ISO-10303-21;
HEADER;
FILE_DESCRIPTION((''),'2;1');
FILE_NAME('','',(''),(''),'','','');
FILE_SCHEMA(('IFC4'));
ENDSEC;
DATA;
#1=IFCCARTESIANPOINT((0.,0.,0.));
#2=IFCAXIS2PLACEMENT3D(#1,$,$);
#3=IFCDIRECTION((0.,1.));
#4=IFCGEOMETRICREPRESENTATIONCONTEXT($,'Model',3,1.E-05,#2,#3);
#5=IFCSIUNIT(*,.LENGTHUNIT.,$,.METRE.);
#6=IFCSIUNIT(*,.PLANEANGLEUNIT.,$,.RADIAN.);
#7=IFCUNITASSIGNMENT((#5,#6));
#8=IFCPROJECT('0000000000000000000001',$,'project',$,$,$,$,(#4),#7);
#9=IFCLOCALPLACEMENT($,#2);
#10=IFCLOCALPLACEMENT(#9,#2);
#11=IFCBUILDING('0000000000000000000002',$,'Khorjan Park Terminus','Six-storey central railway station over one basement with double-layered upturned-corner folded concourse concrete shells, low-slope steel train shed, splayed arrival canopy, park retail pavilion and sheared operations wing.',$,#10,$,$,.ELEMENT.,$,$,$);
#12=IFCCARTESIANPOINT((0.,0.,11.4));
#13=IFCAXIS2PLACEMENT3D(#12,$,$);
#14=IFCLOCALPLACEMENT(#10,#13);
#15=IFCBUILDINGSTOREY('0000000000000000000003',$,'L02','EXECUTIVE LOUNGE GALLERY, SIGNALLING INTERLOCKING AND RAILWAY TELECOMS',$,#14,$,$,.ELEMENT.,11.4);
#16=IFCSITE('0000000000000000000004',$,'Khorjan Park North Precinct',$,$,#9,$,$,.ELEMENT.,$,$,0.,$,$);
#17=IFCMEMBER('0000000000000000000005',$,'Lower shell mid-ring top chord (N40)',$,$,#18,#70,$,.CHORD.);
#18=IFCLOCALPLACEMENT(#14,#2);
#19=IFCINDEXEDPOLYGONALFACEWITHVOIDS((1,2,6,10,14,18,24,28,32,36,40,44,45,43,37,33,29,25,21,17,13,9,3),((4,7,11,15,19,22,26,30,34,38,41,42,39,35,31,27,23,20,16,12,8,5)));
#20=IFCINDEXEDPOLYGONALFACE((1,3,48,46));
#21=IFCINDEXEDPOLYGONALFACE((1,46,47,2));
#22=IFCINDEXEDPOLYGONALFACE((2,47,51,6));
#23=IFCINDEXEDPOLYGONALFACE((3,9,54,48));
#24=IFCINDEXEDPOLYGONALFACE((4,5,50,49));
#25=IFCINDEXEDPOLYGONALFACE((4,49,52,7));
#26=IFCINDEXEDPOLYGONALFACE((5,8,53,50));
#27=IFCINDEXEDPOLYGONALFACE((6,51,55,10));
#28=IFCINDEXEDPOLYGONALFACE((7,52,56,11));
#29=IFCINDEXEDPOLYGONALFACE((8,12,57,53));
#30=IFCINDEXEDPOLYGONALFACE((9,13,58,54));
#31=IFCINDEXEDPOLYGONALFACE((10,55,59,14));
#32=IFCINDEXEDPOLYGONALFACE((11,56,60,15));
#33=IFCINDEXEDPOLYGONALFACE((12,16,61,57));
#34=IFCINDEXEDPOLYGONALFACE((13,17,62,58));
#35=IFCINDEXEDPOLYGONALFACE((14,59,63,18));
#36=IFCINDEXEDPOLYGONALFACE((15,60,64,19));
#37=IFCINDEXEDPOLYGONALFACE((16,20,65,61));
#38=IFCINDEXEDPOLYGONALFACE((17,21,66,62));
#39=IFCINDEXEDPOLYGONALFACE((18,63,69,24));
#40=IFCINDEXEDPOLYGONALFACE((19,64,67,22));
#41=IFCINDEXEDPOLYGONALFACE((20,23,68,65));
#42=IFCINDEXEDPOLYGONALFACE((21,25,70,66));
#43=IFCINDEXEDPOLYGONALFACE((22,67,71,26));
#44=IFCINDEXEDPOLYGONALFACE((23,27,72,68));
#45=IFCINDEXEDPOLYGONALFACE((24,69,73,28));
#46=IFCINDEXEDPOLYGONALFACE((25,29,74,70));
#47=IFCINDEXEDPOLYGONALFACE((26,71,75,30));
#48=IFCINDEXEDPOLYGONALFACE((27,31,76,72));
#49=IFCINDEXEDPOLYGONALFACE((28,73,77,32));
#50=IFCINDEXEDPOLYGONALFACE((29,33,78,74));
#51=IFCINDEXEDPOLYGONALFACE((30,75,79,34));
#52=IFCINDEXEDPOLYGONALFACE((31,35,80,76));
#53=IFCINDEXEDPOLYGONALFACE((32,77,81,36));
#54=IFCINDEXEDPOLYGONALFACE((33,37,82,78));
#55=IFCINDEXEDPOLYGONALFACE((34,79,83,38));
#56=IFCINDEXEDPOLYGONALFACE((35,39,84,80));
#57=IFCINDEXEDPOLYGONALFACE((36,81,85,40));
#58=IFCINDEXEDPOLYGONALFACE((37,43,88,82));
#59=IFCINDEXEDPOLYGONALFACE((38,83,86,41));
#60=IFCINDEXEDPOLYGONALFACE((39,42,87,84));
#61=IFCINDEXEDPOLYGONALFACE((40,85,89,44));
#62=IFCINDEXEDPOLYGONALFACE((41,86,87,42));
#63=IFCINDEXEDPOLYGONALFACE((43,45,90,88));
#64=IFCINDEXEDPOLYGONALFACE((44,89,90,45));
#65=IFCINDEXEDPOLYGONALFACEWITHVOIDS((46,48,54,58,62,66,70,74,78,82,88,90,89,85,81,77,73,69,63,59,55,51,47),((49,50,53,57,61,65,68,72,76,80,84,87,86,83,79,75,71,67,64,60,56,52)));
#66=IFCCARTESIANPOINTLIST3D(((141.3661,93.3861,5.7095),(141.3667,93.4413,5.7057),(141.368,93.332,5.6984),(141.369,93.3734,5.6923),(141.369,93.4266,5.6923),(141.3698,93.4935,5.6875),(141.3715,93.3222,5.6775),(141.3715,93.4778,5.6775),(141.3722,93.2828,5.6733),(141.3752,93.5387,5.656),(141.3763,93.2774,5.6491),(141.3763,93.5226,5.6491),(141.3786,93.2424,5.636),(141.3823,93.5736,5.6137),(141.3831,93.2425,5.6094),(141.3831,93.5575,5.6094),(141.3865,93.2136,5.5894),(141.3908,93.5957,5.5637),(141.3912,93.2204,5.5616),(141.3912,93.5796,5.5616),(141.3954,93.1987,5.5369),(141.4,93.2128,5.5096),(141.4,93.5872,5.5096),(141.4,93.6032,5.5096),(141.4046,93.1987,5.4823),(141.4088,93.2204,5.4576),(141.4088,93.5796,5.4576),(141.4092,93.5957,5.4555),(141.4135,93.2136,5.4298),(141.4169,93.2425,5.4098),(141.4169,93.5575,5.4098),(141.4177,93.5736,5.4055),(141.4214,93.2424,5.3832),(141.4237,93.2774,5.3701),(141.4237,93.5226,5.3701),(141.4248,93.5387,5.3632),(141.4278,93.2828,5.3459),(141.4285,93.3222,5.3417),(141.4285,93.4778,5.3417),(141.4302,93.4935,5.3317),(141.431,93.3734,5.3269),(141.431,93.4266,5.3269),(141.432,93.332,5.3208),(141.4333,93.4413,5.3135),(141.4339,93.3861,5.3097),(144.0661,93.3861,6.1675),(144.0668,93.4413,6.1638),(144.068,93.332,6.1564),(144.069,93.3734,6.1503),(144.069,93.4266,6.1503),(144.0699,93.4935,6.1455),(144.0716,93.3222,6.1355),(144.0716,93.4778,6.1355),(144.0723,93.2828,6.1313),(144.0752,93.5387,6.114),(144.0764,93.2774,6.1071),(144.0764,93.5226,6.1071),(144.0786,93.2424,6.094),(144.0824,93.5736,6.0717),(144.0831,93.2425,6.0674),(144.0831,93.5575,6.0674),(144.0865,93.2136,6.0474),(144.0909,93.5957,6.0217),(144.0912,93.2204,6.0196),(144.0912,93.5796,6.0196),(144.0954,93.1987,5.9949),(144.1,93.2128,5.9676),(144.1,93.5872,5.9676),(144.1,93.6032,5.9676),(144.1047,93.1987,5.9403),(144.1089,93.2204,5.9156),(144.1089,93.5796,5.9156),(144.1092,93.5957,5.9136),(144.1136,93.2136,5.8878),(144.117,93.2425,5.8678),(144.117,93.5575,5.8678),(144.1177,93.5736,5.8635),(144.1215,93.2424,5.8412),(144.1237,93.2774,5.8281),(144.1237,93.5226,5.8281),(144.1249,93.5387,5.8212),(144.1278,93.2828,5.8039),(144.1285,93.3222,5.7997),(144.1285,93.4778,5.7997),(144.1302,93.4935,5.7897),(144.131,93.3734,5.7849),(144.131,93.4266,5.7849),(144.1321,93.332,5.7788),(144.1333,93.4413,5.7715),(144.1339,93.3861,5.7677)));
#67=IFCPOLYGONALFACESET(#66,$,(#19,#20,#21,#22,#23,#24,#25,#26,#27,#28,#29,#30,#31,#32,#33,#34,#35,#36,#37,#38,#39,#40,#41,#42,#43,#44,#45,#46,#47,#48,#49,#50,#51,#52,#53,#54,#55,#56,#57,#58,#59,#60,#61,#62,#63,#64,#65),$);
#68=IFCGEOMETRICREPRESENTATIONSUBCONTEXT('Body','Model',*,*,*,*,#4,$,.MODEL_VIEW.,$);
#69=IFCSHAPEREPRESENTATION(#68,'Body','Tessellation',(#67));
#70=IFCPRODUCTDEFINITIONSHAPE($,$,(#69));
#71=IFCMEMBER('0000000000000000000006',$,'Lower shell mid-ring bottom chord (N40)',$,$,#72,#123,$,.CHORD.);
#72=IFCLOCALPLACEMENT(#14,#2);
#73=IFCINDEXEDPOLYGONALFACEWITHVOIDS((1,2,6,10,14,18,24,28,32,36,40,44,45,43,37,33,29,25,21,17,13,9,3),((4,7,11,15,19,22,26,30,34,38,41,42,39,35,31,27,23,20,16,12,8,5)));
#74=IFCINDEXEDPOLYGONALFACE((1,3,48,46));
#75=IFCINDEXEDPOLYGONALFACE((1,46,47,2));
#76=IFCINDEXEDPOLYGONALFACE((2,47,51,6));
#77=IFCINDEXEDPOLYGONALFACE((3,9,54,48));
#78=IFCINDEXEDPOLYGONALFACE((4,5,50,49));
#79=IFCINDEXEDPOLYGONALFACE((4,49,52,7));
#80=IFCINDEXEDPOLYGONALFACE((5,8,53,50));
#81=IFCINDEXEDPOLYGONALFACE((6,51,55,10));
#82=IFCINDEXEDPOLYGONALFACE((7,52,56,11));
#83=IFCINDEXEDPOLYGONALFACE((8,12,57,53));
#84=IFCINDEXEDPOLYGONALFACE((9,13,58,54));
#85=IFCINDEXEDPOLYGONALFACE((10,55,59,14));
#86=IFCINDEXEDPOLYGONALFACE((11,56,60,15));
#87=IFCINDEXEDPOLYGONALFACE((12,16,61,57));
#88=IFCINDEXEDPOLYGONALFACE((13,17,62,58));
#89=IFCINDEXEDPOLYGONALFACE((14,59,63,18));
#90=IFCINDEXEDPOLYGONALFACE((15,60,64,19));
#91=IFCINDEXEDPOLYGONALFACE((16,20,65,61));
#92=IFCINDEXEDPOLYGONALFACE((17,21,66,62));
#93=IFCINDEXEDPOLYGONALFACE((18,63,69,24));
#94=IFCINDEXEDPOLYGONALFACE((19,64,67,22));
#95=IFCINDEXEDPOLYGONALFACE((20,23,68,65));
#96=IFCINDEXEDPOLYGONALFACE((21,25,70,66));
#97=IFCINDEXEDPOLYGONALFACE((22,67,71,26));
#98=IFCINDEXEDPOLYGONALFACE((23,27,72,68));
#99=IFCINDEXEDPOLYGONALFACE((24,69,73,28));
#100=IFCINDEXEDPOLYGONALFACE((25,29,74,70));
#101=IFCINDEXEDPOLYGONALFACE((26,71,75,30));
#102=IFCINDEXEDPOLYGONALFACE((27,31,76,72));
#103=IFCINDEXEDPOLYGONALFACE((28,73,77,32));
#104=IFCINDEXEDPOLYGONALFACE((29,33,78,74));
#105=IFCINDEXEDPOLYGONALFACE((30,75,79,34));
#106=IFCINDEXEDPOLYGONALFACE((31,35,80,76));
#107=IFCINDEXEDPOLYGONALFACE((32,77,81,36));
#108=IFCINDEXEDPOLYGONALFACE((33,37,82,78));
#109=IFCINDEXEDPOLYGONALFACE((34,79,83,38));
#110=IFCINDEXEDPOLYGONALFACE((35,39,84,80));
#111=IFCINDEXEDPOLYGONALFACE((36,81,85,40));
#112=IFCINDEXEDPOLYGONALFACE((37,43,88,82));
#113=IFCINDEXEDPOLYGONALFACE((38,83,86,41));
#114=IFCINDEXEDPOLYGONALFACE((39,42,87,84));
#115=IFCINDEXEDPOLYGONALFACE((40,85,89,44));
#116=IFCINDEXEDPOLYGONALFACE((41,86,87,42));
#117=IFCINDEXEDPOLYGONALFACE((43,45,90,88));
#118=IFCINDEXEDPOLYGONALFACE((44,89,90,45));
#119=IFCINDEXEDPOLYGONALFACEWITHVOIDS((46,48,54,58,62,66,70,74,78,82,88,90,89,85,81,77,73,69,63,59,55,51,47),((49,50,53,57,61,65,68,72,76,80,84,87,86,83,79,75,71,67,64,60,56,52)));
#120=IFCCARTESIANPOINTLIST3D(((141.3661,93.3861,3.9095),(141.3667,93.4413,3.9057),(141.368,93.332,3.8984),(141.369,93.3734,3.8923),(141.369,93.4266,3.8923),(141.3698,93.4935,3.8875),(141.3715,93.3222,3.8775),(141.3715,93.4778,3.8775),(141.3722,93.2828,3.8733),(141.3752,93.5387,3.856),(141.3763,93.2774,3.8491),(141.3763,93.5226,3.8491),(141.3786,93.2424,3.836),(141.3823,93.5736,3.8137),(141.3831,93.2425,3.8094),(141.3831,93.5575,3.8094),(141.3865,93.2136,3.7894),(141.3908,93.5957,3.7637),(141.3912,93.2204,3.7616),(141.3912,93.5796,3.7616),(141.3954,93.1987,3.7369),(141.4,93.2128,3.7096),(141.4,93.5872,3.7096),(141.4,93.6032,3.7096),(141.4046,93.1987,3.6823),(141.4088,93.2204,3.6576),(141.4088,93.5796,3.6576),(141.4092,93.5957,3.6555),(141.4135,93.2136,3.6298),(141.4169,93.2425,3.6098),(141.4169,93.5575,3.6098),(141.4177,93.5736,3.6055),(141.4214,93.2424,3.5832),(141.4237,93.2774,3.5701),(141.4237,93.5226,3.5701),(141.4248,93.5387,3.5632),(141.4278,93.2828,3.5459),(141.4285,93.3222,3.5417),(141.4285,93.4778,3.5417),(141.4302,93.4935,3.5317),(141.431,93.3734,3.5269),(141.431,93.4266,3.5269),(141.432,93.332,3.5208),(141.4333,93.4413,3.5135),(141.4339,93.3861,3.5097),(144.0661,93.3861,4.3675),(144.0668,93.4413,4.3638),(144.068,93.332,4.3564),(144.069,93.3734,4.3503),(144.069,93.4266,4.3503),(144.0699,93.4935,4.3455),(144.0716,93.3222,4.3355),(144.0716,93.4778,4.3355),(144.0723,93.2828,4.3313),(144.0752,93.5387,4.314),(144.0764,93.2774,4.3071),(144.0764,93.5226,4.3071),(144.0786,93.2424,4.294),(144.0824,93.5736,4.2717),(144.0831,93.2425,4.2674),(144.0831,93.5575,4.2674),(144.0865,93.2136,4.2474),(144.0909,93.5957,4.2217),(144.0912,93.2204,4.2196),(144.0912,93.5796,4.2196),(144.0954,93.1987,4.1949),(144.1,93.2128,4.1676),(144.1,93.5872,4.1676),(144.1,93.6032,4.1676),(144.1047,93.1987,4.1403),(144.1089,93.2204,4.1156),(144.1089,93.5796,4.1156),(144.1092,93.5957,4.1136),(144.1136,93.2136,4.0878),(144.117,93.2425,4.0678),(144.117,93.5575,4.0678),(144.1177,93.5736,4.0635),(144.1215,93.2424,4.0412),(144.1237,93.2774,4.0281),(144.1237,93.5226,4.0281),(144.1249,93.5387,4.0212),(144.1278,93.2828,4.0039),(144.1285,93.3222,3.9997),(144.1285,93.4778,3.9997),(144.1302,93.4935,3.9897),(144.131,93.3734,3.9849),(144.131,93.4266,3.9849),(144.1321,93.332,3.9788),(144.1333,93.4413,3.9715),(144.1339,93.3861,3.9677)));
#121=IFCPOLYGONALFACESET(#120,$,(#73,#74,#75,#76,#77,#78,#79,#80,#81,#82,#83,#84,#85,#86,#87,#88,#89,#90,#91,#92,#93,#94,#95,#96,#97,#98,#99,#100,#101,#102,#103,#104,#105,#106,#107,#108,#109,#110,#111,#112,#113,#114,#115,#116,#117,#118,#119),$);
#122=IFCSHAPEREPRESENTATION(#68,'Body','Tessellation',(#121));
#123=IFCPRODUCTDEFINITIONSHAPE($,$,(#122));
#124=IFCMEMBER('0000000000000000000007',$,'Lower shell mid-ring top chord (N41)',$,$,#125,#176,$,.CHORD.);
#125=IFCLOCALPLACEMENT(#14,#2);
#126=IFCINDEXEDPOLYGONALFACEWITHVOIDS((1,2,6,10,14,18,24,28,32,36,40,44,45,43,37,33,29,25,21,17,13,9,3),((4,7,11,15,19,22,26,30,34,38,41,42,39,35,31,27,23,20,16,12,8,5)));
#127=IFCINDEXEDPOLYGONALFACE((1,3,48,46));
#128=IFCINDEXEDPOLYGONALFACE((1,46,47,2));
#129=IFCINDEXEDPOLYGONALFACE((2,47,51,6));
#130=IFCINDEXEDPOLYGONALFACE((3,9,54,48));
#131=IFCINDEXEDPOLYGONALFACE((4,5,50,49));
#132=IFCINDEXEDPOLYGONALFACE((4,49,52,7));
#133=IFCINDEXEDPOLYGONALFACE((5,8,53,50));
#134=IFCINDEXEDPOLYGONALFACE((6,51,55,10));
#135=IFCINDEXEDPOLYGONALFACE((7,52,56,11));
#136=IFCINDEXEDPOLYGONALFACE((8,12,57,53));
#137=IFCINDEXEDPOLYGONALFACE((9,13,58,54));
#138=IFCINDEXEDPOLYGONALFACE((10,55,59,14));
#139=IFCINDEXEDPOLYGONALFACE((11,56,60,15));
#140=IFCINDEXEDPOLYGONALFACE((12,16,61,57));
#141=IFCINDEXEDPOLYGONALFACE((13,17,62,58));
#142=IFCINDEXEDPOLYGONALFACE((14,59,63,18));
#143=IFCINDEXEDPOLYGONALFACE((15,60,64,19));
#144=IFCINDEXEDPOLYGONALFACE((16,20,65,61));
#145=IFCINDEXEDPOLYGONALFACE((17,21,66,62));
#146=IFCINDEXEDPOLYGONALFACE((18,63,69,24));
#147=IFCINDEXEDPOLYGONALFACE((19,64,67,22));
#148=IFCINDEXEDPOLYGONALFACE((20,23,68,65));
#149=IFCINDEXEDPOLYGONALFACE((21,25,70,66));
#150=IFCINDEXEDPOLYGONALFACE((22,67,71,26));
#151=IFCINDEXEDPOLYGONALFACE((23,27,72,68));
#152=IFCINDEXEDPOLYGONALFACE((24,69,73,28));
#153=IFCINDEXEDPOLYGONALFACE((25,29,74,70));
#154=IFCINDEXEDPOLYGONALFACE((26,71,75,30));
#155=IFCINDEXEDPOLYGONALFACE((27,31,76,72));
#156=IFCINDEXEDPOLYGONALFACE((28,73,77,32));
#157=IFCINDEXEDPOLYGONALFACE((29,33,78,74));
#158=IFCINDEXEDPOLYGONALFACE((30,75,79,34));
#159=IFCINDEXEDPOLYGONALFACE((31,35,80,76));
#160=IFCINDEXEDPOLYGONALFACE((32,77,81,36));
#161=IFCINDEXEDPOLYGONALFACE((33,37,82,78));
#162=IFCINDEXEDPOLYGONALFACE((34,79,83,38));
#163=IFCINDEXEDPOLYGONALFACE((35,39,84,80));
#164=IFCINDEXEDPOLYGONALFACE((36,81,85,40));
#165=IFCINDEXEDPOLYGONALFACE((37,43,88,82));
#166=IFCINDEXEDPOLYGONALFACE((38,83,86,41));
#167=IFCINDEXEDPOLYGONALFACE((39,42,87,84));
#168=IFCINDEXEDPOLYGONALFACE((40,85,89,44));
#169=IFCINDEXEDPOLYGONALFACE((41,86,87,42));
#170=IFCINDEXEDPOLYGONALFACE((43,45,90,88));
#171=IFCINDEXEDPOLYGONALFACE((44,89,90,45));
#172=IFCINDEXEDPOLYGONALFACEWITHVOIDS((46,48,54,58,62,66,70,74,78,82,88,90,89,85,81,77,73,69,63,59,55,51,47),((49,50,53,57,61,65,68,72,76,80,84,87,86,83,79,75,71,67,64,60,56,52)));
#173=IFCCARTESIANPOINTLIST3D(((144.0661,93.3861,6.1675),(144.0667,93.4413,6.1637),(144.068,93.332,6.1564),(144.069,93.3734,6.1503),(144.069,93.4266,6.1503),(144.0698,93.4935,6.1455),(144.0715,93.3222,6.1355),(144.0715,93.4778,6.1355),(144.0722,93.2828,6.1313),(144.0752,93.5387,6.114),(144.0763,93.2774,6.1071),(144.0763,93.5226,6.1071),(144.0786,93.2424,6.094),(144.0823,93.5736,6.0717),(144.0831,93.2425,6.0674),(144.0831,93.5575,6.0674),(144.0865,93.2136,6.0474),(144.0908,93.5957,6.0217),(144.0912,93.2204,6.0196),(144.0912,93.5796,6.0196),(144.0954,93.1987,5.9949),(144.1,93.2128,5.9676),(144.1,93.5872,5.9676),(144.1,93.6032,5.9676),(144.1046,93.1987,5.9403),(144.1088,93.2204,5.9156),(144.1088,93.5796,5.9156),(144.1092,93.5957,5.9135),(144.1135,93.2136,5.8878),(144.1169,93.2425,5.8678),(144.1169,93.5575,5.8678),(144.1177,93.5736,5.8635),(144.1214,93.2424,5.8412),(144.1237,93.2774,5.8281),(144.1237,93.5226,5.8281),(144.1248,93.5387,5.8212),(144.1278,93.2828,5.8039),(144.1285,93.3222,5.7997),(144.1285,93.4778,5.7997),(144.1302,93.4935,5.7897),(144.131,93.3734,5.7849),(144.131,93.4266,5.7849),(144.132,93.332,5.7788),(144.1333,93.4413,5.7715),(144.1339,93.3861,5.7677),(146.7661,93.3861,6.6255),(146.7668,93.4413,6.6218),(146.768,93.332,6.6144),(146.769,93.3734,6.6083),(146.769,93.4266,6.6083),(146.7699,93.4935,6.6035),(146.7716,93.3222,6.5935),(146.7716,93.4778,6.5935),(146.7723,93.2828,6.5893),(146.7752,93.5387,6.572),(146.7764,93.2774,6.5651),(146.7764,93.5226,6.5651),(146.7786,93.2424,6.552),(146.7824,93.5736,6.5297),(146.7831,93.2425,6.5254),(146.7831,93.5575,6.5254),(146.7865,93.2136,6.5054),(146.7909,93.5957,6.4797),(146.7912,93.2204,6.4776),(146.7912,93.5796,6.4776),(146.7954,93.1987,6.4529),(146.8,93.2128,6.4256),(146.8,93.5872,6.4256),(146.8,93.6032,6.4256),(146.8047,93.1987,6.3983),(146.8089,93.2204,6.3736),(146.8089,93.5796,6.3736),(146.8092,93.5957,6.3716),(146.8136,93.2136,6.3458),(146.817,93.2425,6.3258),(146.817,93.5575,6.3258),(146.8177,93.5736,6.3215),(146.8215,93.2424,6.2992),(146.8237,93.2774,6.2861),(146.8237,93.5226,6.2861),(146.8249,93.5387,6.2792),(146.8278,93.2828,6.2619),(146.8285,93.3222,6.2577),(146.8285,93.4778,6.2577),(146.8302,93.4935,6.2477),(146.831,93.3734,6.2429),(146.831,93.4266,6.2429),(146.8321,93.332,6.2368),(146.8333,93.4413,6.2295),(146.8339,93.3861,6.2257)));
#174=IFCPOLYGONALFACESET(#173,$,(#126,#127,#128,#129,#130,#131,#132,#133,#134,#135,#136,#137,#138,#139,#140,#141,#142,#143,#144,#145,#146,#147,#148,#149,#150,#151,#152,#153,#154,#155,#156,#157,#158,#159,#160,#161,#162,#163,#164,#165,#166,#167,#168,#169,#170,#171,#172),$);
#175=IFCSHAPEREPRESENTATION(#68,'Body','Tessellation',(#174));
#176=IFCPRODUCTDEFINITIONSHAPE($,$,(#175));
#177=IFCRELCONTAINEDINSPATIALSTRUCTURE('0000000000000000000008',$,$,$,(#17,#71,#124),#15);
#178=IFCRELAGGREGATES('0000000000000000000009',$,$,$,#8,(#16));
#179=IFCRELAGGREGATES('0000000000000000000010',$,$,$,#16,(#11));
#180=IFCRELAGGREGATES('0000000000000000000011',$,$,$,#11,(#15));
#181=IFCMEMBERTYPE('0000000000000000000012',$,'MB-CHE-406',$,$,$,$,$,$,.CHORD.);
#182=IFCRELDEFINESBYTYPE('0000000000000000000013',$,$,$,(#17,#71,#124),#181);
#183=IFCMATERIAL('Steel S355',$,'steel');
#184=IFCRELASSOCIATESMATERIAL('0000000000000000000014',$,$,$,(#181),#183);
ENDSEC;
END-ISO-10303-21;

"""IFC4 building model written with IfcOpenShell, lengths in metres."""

from ifc_helpers import new_model, si_unit, direction, frame, origin, origin_2d, place, context, subcontext, project, spatial, hollow_circle, extrude, material, material_profile, profile_set, type_object, element, save


model = new_model("IFC4")

# Units and contexts
model_context = context("Model", 3, precision=1e-05, world=origin(), true_north=direction((0.0, 1.0)))
body_context = subcontext(model_context, "Body", "Model", "MODEL_VIEW")
ifc_project = project(units=[si_unit("LENGTHUNIT", "METRE"), si_unit("PLANEANGLEUNIT", "RADIAN")], contexts=[model_context])

# Site, building, storey
site_placement = place(None, origin())
site = spatial("IfcSite", under=ifc_project, at=site_placement, Name="Khorjan Park North Precinct", CompositionType="ELEMENT", RefElevation=0.0)
building_placement = place(site_placement, origin())
building = spatial("IfcBuilding", under=site, at=building_placement, Name="Khorjan Park Terminus", Description="Six-storey central railway station over one basement with double-layered upturned-corner folded concourse concrete shells, low-slope steel train shed, splayed arrival canopy, park retail pavilion and sheared operations wing.", CompositionType="ELEMENT")
storey_placement = place(building_placement, frame((0.0, 0.0, 11.4)))
storey = spatial("IfcBuildingStorey", under=building, at=storey_placement, Name="L02", Description="EXECUTIVE LOUNGE GALLERY, SIGNALLING INTERLOCKING AND RAILWAY TELECOMS", CompositionType="ELEMENT", Elevation=11.4)

# Shared definitions
ifc_material_1 = material(Name="Steel S355", Category="steel")

# Members
ifc_material_profile_1 = material_profile(ifc_material_1, hollow_circle(Radius=0.2032, WallThickness=0.016, at=origin_2d()), Name="CHS 406.4x16")
ifc_profile_set_1 = profile_set([ifc_material_profile_1], Name="Steel S355")
member_type_1 = type_object("IfcMemberType", Name="MB-CHE-406", PredefinedType="CHORD", material=ifc_profile_set_1)
for number, where, z_axis, x_axis, name in (
    (1, (141.4, 93.4, 5.5096), (0.985916, 0.0, 0.167241), (0.0, 1.0, 0.0), "Lower shell mid-ring top chord (N40)"),
    (2, (141.4, 93.4, 3.7096), (0.985916, 0.0, 0.167241), (0.0, 1.0, 0.0), "Lower shell mid-ring bottom chord (N40)"),
    (3, (144.1, 93.4, 5.9676), (0.985916, 0.0, 0.167241), (0.0, 1.0, 0.0), "Lower shell mid-ring top chord (N41)"),
):
    element("IfcMember", number, at=place(storey_placement, frame(where, z_axis=z_axis, x_axis=x_axis)), inside=storey, type_object=member_type_1, Name=name, PredefinedType="CHORD", context=body_context, shape_type="SweptSolid", body=[
        extrude(hollow_circle(Radius=0.2032, WallThickness=0.016, at=origin_2d()), origin(), (0.0, 0.0, 1.0), 2.7386),
    ])

save(model, "model.ifc")
